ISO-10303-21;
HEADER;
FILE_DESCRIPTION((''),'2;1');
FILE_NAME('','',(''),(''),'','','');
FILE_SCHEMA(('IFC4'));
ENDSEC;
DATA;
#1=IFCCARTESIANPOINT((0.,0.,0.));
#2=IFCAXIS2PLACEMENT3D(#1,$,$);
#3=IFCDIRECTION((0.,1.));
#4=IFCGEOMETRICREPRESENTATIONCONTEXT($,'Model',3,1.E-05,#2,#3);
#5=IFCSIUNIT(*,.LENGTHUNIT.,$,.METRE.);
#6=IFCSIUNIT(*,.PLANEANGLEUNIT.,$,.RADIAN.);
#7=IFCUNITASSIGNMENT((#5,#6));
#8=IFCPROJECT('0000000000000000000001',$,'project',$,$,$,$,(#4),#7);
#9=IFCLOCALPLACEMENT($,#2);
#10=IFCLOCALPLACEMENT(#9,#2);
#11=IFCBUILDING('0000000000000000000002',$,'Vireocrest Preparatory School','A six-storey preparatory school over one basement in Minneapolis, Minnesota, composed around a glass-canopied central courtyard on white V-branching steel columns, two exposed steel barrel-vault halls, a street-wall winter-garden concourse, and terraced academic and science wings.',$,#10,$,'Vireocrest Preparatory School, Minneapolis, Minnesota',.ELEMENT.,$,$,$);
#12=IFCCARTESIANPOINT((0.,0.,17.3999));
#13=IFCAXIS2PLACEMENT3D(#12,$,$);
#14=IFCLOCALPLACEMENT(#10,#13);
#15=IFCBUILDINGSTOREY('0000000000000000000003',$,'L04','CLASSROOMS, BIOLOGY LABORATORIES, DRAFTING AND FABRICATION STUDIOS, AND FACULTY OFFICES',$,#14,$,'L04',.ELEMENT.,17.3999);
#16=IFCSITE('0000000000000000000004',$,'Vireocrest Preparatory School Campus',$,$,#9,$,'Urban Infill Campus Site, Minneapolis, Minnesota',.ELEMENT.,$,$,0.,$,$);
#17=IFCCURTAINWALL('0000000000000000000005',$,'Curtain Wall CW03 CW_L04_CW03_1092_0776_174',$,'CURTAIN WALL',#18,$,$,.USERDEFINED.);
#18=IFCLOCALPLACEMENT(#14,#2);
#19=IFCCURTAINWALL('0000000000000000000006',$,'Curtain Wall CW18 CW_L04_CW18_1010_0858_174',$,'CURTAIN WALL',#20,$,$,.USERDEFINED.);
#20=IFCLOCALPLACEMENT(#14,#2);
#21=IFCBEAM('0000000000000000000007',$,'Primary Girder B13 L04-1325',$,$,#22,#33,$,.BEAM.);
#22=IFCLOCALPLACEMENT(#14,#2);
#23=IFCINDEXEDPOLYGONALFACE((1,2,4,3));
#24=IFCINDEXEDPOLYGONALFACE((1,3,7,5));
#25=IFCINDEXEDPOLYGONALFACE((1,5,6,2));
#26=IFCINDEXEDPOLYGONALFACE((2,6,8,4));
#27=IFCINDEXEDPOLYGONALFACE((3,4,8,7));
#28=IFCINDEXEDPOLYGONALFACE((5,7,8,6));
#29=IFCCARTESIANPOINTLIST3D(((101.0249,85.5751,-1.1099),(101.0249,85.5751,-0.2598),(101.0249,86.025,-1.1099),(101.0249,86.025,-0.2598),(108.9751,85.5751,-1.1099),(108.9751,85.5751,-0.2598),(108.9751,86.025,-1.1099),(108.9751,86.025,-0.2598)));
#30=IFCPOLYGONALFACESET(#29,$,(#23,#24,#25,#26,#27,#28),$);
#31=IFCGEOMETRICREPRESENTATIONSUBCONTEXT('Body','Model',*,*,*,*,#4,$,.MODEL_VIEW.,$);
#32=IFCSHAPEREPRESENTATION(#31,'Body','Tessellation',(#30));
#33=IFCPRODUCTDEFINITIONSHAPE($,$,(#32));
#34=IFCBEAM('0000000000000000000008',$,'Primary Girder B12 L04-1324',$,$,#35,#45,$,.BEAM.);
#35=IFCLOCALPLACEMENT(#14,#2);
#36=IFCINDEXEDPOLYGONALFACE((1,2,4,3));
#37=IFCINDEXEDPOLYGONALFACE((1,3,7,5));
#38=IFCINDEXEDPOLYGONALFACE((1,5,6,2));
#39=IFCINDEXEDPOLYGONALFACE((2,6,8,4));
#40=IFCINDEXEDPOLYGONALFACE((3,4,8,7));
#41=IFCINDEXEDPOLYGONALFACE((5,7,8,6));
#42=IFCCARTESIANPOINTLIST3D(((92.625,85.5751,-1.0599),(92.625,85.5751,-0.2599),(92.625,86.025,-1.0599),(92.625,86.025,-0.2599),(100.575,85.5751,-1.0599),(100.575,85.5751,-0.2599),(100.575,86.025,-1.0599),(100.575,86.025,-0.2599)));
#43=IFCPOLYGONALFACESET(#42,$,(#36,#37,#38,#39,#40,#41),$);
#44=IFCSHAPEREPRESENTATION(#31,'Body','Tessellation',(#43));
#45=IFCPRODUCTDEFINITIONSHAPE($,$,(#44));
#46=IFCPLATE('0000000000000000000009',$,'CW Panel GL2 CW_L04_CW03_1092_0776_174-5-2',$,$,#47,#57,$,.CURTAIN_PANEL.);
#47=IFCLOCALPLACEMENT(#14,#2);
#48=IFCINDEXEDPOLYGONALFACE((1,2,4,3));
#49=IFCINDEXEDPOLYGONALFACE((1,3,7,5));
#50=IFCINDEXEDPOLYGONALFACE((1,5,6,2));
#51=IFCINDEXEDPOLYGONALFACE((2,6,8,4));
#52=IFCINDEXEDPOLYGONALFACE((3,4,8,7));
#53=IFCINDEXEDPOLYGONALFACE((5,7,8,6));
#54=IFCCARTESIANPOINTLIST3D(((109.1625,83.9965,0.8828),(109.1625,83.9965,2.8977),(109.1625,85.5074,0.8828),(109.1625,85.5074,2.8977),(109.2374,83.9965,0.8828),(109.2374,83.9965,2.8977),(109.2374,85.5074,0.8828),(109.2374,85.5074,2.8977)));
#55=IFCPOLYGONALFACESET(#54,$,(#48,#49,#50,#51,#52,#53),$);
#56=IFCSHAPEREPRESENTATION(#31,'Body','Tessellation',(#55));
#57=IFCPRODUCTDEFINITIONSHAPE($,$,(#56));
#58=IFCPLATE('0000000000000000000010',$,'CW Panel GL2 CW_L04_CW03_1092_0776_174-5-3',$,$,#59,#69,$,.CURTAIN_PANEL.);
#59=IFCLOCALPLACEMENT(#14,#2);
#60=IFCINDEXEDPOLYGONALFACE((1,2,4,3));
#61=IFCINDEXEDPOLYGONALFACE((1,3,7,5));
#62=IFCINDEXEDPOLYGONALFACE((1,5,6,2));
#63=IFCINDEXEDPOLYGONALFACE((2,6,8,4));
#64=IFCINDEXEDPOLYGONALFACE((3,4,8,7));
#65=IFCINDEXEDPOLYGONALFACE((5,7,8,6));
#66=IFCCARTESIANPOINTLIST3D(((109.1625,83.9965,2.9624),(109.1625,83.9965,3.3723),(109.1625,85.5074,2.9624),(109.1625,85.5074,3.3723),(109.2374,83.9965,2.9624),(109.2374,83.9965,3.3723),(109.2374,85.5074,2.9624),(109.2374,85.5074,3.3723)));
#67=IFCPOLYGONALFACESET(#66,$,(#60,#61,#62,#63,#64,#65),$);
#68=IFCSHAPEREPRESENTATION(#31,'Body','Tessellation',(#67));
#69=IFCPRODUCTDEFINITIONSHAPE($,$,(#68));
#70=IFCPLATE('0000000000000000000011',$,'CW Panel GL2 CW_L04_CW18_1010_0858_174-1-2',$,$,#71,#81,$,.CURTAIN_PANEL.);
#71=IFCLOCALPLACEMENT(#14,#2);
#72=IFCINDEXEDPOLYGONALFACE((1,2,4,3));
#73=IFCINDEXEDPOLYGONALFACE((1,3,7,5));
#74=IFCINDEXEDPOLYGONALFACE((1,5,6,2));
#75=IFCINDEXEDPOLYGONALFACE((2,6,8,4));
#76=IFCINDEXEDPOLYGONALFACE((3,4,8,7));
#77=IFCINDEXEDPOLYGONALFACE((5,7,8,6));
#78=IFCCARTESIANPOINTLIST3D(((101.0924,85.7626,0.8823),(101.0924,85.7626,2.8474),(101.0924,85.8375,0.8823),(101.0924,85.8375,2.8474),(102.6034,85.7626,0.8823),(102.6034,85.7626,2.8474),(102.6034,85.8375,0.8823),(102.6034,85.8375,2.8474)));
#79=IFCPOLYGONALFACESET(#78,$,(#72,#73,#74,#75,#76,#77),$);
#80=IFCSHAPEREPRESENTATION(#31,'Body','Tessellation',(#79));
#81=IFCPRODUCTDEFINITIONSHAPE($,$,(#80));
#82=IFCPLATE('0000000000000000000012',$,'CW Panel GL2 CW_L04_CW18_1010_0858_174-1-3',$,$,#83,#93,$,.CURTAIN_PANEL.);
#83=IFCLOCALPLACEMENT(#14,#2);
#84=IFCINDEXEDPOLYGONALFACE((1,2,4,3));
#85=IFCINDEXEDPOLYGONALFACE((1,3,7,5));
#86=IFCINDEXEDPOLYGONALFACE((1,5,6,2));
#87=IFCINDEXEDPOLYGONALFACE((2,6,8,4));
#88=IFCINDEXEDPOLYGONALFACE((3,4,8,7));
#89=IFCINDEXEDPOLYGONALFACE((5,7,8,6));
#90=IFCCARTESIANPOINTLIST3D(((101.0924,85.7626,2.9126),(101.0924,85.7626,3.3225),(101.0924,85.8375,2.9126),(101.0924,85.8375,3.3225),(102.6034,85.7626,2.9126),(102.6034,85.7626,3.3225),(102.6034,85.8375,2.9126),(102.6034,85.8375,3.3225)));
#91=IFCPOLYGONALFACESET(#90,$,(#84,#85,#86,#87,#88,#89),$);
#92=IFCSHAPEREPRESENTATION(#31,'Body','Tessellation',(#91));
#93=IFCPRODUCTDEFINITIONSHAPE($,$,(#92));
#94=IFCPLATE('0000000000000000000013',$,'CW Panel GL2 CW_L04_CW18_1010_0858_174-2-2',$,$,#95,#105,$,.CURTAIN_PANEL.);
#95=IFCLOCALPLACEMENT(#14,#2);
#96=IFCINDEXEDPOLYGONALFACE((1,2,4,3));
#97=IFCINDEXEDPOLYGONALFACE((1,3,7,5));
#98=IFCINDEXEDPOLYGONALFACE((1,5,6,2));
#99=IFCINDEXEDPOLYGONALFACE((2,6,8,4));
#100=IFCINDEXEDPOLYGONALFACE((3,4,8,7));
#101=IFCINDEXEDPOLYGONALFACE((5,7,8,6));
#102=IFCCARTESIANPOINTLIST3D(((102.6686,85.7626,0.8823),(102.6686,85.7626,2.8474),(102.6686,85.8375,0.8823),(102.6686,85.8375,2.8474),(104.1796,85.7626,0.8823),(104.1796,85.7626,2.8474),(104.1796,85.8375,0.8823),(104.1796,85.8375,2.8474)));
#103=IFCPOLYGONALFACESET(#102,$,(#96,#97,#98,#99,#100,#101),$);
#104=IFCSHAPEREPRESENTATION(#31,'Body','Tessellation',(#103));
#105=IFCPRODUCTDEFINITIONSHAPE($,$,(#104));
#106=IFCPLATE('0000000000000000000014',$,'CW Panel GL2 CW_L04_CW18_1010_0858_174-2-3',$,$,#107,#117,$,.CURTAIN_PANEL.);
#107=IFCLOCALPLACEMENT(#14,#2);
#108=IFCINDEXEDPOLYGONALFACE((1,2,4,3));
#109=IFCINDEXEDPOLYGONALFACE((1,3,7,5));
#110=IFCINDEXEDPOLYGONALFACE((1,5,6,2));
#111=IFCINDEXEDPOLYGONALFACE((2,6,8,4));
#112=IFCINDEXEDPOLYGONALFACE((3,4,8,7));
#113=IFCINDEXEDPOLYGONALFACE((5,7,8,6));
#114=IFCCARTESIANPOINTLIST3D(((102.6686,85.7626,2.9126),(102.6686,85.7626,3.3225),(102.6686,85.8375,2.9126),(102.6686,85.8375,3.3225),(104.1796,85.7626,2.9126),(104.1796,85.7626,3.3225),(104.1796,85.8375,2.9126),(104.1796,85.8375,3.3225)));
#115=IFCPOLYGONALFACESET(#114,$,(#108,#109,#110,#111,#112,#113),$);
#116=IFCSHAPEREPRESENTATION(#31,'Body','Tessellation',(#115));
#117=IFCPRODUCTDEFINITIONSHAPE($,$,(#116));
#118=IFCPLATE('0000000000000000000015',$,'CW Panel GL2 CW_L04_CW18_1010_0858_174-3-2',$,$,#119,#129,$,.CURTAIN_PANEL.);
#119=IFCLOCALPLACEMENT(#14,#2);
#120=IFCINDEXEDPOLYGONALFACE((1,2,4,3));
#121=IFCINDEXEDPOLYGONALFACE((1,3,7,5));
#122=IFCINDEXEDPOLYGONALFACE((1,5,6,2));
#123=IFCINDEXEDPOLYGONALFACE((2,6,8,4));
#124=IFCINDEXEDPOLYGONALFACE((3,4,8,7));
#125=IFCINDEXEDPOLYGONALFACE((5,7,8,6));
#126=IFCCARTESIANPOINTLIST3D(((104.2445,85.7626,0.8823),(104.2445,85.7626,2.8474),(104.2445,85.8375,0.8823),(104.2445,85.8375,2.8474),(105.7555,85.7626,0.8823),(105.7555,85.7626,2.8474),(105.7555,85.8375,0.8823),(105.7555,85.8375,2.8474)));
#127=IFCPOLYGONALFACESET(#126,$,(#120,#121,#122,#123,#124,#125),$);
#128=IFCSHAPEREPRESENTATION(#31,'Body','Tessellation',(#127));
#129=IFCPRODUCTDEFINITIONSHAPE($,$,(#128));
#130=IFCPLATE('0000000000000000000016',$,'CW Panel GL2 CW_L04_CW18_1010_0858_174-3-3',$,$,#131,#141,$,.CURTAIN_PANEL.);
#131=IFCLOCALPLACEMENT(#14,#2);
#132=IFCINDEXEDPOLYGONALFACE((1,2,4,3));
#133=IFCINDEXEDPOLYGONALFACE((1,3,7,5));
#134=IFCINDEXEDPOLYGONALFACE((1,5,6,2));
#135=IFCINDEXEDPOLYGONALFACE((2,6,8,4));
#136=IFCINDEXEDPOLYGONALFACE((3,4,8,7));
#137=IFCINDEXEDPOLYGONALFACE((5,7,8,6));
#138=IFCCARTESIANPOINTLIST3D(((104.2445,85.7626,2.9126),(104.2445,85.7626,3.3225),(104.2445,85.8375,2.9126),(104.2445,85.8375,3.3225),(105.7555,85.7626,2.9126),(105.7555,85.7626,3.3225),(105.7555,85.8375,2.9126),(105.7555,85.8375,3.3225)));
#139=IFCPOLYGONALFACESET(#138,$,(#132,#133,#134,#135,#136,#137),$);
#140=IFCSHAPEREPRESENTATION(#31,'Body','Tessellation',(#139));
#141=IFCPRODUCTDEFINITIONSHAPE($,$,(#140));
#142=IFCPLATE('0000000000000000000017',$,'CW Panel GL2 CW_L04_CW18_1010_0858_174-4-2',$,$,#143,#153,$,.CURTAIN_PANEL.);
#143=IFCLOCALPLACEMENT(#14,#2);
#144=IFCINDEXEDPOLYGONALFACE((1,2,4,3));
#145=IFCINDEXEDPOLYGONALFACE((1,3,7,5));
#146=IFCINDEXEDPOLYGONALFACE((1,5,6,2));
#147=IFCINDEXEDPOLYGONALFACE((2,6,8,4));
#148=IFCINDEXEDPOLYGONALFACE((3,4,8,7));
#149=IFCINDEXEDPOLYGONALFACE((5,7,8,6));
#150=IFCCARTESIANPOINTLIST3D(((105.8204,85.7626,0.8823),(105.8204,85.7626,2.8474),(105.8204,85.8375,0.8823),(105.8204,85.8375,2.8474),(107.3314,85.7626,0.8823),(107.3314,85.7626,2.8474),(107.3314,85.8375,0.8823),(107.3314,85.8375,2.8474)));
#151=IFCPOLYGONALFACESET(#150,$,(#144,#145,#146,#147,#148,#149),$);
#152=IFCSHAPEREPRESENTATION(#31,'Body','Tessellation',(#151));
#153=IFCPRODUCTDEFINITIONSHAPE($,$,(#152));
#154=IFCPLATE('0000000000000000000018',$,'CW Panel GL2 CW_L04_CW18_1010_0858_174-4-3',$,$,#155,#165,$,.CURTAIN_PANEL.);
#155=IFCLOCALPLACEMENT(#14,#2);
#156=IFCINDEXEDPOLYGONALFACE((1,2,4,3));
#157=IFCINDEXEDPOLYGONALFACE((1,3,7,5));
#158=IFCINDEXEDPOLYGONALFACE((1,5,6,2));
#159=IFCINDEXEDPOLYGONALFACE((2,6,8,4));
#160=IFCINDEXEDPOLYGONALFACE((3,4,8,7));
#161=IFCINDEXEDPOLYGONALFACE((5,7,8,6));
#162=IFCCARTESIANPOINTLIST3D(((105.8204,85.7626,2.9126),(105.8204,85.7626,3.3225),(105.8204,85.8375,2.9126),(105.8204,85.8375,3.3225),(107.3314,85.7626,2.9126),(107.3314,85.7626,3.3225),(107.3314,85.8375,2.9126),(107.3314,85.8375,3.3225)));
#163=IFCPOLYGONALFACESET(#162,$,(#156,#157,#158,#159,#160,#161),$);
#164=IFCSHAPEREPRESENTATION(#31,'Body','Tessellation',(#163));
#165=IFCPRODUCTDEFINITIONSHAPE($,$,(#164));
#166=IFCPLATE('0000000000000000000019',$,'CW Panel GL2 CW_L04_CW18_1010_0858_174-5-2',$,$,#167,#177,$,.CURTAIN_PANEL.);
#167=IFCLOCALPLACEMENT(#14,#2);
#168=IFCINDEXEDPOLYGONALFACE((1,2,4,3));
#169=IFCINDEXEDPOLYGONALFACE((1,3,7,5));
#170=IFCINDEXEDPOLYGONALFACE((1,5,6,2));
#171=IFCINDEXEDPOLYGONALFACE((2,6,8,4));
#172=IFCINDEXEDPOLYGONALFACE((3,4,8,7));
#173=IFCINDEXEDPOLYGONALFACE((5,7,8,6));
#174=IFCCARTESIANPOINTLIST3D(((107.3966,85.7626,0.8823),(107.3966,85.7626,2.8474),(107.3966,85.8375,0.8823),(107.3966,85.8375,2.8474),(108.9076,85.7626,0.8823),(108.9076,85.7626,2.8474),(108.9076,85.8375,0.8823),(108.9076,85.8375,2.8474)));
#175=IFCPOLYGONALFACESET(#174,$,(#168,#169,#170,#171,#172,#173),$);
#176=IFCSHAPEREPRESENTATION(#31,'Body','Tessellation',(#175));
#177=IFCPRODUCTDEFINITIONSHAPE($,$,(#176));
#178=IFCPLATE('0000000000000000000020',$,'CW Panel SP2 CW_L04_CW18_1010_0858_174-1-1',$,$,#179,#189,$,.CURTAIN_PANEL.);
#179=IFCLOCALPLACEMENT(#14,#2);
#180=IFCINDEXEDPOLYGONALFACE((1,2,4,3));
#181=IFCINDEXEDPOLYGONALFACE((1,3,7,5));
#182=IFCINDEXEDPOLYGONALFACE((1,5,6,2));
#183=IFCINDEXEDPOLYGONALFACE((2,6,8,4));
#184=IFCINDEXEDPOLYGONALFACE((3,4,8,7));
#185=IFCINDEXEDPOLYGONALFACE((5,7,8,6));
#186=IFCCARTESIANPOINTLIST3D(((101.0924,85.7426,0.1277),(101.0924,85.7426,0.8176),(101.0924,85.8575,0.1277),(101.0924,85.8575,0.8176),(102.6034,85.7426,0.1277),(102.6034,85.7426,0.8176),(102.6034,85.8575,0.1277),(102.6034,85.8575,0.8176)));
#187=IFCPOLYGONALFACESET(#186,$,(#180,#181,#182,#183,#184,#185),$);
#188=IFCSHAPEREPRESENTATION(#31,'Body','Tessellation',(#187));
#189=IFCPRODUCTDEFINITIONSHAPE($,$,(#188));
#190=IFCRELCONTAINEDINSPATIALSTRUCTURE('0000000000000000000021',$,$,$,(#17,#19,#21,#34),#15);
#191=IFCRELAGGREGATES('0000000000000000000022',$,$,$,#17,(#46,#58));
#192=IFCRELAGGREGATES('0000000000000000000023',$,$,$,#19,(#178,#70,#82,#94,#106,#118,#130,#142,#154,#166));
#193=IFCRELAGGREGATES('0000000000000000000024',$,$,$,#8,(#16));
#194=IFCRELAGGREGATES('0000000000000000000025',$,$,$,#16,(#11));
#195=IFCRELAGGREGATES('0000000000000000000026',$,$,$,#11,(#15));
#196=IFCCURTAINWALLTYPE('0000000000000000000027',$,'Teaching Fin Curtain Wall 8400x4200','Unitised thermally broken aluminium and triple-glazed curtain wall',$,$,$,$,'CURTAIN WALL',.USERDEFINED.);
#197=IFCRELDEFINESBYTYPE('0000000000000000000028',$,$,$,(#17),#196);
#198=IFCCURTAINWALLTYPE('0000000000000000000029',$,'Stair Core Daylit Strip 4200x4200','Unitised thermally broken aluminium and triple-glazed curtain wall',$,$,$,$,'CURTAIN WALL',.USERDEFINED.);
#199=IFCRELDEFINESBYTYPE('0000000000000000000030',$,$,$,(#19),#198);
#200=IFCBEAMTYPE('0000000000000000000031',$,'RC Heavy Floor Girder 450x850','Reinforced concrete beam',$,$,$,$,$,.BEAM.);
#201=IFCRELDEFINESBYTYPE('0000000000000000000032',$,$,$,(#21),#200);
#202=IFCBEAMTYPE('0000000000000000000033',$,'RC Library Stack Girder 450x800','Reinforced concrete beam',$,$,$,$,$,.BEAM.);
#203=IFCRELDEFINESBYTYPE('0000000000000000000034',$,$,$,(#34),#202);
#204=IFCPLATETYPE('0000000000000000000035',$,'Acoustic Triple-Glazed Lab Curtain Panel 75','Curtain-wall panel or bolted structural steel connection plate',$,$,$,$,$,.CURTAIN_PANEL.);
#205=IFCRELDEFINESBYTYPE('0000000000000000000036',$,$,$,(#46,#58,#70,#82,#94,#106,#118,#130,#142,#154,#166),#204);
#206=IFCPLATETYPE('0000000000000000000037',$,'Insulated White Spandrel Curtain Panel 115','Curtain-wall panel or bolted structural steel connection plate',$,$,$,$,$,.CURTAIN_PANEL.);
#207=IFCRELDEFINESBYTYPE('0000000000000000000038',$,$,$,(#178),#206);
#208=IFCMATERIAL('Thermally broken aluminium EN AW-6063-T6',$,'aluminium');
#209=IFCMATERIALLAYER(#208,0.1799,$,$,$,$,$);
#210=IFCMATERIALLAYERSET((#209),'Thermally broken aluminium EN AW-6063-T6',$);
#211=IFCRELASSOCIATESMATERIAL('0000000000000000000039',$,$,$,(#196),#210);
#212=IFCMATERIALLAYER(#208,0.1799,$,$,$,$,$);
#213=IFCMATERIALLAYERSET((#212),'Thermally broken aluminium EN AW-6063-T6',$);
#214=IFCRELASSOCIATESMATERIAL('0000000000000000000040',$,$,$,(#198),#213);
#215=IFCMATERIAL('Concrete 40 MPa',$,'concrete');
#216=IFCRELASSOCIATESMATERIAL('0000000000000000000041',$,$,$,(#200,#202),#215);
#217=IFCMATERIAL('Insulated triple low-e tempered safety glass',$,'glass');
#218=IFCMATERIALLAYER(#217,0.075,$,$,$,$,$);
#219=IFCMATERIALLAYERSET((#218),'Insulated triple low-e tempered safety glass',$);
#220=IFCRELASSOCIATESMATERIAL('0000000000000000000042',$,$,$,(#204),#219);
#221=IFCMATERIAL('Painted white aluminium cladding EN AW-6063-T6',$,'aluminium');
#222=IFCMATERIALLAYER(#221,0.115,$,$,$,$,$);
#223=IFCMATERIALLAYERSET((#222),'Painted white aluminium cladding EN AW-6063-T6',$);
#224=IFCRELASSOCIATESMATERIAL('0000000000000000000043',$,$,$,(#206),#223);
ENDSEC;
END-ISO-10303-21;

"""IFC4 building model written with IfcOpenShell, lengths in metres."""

from ifc_helpers import new_model, si_unit, direction, frame, origin, origin_2d, place, context, subcontext, project, spatial, rectangle, extrude, material, layer, layer_set, material_profile, profile_set, type_object, element, aggregate, save


model = new_model("IFC4")

# Units and contexts
model_context = context("Model", 3, precision=1e-05, world=origin(), true_north=direction((0.0, 1.0)))
body_context = subcontext(model_context, "Body", "Model", "MODEL_VIEW")
ifc_project = project(units=[si_unit("LENGTHUNIT", "METRE"), si_unit("PLANEANGLEUNIT", "RADIAN")], contexts=[model_context])

# Site, building, storey
site_placement = place(None, origin())
site = spatial("IfcSite", under=ifc_project, at=site_placement, Name="Vireocrest Preparatory School Campus", LongName="Urban Infill Campus Site, Minneapolis, Minnesota", CompositionType="ELEMENT", RefElevation=0.0)
building_placement = place(site_placement, origin())
building = spatial("IfcBuilding", under=site, at=building_placement, Name="Vireocrest Preparatory School", Description="A six-storey preparatory school over one basement in Minneapolis, Minnesota, composed around a glass-canopied central courtyard on white V-branching steel columns, two exposed steel barrel-vault halls, a street-wall winter-garden concourse, and terraced academic and science wings.", LongName="Vireocrest Preparatory School, Minneapolis, Minnesota", CompositionType="ELEMENT")
storey_placement = place(building_placement, frame((0.0, 0.0, 17.3999)))
storey = spatial("IfcBuildingStorey", under=building, at=storey_placement, Name="L04", Description="CLASSROOMS, BIOLOGY LABORATORIES, DRAFTING AND FABRICATION STUDIOS, AND FACULTY OFFICES", LongName="L04", CompositionType="ELEMENT", Elevation=17.3999)

# Curtain wall
ifc_material_1 = material(Name="Thermally broken aluminium EN AW-6063-T6", Category="aluminium")
ifc_layer_1 = layer(ifc_material_1, 0.1799)
ifc_layer_set_1 = layer_set([ifc_layer_1], Name="Thermally broken aluminium EN AW-6063-T6")
curtain_wall_type_1 = type_object("IfcCurtainWallType", Name="Teaching Fin Curtain Wall 8400x4200", Description="Unitised thermally broken aluminium and triple-glazed curtain wall", ElementType="CURTAIN WALL", PredefinedType="USERDEFINED", material=ifc_layer_set_1)
curtain_wall_1_placement = place(storey_placement, origin())
curtain_wall_1 = element("IfcCurtainWall", 1, at=curtain_wall_1_placement, inside=storey, type_object=curtain_wall_type_1, Name="Curtain Wall CW03 CW_L04_CW03_1092_0776_174", ObjectType="CURTAIN WALL", PredefinedType="USERDEFINED")

# Curtain wall
ifc_layer_2 = layer(ifc_material_1, 0.1799)
ifc_layer_set_2 = layer_set([ifc_layer_2], Name="Thermally broken aluminium EN AW-6063-T6")
curtain_wall_type_2 = type_object("IfcCurtainWallType", Name="Stair Core Daylit Strip 4200x4200", Description="Unitised thermally broken aluminium and triple-glazed curtain wall", ElementType="CURTAIN WALL", PredefinedType="USERDEFINED", material=ifc_layer_set_2)
curtain_wall_2_placement = place(storey_placement, origin())
curtain_wall_2 = element("IfcCurtainWall", 2, at=curtain_wall_2_placement, inside=storey, type_object=curtain_wall_type_2, Name="Curtain Wall CW18 CW_L04_CW18_1010_0858_174", ObjectType="CURTAIN WALL", PredefinedType="USERDEFINED")

# Beams
ifc_material_2 = material(Name="Concrete 40 MPa", Category="concrete")
ifc_material_profile_1 = material_profile(ifc_material_2, rectangle(XDim=0.45, YDim=0.8501, at=origin_2d()), Name="RC 450x850")
ifc_profile_set_1 = profile_set([ifc_material_profile_1], Name="Concrete 40 MPa")
beam_type_1 = type_object("IfcBeamType", Name="RC Heavy Floor Girder 450x850", Description="Reinforced concrete beam", PredefinedType="BEAM", material=ifc_profile_set_1)
beam_1_placement = place(storey_placement, frame((101.0249, 85.8, -0.6848), z_axis=(1.0, 0.0, 0.0), x_axis=(0.0, 1.0, 0.0)))
element("IfcBeam", 3, at=beam_1_placement, inside=storey, type_object=beam_type_1, Name="Primary Girder B13 L04-1325", PredefinedType="BEAM", context=body_context, shape_type="SweptSolid", body=[
    extrude(rectangle(XDim=0.45, YDim=0.8501, at=origin_2d()), origin(), (0.0, 0.0, 1.0), 7.9502),
])
ifc_material_profile_2 = material_profile(ifc_material_2, rectangle(XDim=0.45, YDim=0.8, at=origin_2d()), Name="RC 450x800")
ifc_profile_set_2 = profile_set([ifc_material_profile_2], Name="Concrete 40 MPa")
beam_type_2 = type_object("IfcBeamType", Name="RC Library Stack Girder 450x800", Description="Reinforced concrete beam", PredefinedType="BEAM", material=ifc_profile_set_2)
beam_2_placement = place(storey_placement, frame((92.625, 85.8, -0.6599), z_axis=(1.0, 0.0, 0.0), x_axis=(0.0, 1.0, 0.0)))
element("IfcBeam", 4, at=beam_2_placement, inside=storey, type_object=beam_type_2, Name="Primary Girder B12 L04-1324", PredefinedType="BEAM", context=body_context, shape_type="SweptSolid", body=[
    extrude(rectangle(XDim=0.45, YDim=0.8, at=origin_2d()), origin(), (0.0, 0.0, 1.0), 7.95),
])

# Plates
ifc_material_3 = material(Name="Insulated triple low-e tempered safety glass", Category="glass")
ifc_layer_3 = layer(ifc_material_3, 0.075)
ifc_layer_set_3 = layer_set([ifc_layer_3], Name="Insulated triple low-e tempered safety glass")
plate_type_1 = type_object("IfcPlateType", Name="Acoustic Triple-Glazed Lab Curtain Panel 75", Description="Curtain-wall panel or bolted structural steel connection plate", PredefinedType="CURTAIN_PANEL", material=ifc_layer_set_3)
plate_1_placement = place(storey_placement, frame((109.2, 84.752, 0.8828), z_axis=(0.0, 0.0, 1.0), x_axis=(0.0, 1.0, 0.0)))
plate_1 = element("IfcPlate", 5, at=plate_1_placement, type_object=plate_type_1, Name="CW Panel GL2 CW_L04_CW03_1092_0776_174-5-2", PredefinedType="CURTAIN_PANEL", context=body_context, shape_type="SweptSolid", body=[
    extrude(rectangle(XDim=1.511, YDim=0.075, at=origin_2d()), origin(), (0.0, 0.0, 1.0), 2.0149),
])
plate_2_placement = place(storey_placement, frame((109.2, 84.752, 2.9624), z_axis=(0.0, 0.0, 1.0), x_axis=(0.0, 1.0, 0.0)))
plate_2 = element("IfcPlate", 6, at=plate_2_placement, type_object=plate_type_1, Name="CW Panel GL2 CW_L04_CW03_1092_0776_174-5-3", PredefinedType="CURTAIN_PANEL", context=body_context, shape_type="SweptSolid", body=[
    extrude(rectangle(XDim=1.511, YDim=0.075, at=origin_2d()), origin(), (0.0, 0.0, 1.0), 0.4099),
])
aggregate(curtain_wall_1, [plate_1, plate_2])
plate_3_placement = place(storey_placement, frame((101.8479, 85.8, 0.8823), z_axis=(0.0, 0.0, 1.0), x_axis=(1.0, 0.0, 0.0)))
plate_3 = element("IfcPlate", 7, at=plate_3_placement, type_object=plate_type_1, Name="CW Panel GL2 CW_L04_CW18_1010_0858_174-1-2", PredefinedType="CURTAIN_PANEL", context=body_context, shape_type="SweptSolid", body=[
    extrude(rectangle(XDim=1.511, YDim=0.075, at=origin_2d()), origin(), (0.0, 0.0, 1.0), 1.9651),
])
plate_4_placement = place(storey_placement, frame((101.8479, 85.8, 2.9126), z_axis=(0.0, 0.0, 1.0), x_axis=(1.0, 0.0, 0.0)))
plate_4 = element("IfcPlate", 8, at=plate_4_placement, type_object=plate_type_1, Name="CW Panel GL2 CW_L04_CW18_1010_0858_174-1-3", PredefinedType="CURTAIN_PANEL", context=body_context, shape_type="SweptSolid", body=[
    extrude(rectangle(XDim=1.511, YDim=0.075, at=origin_2d()), origin(), (0.0, 0.0, 1.0), 0.4099),
])
plate_5_placement = place(storey_placement, frame((103.4241, 85.8, 0.8823), z_axis=(0.0, 0.0, 1.0), x_axis=(1.0, 0.0, 0.0)))
plate_5 = element("IfcPlate", 9, at=plate_5_placement, type_object=plate_type_1, Name="CW Panel GL2 CW_L04_CW18_1010_0858_174-2-2", PredefinedType="CURTAIN_PANEL", context=body_context, shape_type="SweptSolid", body=[
    extrude(rectangle(XDim=1.511, YDim=0.075, at=origin_2d()), origin(), (0.0, 0.0, 1.0), 1.9651),
])
plate_6_placement = place(storey_placement, frame((103.4241, 85.8, 2.9126), z_axis=(0.0, 0.0, 1.0), x_axis=(1.0, 0.0, 0.0)))
plate_6 = element("IfcPlate", 10, at=plate_6_placement, type_object=plate_type_1, Name="CW Panel GL2 CW_L04_CW18_1010_0858_174-2-3", PredefinedType="CURTAIN_PANEL", context=body_context, shape_type="SweptSolid", body=[
    extrude(rectangle(XDim=1.511, YDim=0.075, at=origin_2d()), origin(), (0.0, 0.0, 1.0), 0.4099),
])
plate_7_placement = place(storey_placement, frame((105.0, 85.8, 0.8823), z_axis=(0.0, 0.0, 1.0), x_axis=(1.0, 0.0, 0.0)))
plate_7 = element("IfcPlate", 11, at=plate_7_placement, type_object=plate_type_1, Name="CW Panel GL2 CW_L04_CW18_1010_0858_174-3-2", PredefinedType="CURTAIN_PANEL", context=body_context, shape_type="SweptSolid", body=[
    extrude(rectangle(XDim=1.511, YDim=0.075, at=origin_2d()), origin(), (0.0, 0.0, 1.0), 1.9651),
])
plate_8_placement = place(storey_placement, frame((105.0, 85.8, 2.9126), z_axis=(0.0, 0.0, 1.0), x_axis=(1.0, 0.0, 0.0)))
plate_8 = element("IfcPlate", 12, at=plate_8_placement, type_object=plate_type_1, Name="CW Panel GL2 CW_L04_CW18_1010_0858_174-3-3", PredefinedType="CURTAIN_PANEL", context=body_context, shape_type="SweptSolid", body=[
    extrude(rectangle(XDim=1.511, YDim=0.075, at=origin_2d()), origin(), (0.0, 0.0, 1.0), 0.4099),
])
plate_9_placement = place(storey_placement, frame((106.5759, 85.8, 0.8823), z_axis=(0.0, 0.0, 1.0), x_axis=(1.0, 0.0, 0.0)))
plate_9 = element("IfcPlate", 13, at=plate_9_placement, type_object=plate_type_1, Name="CW Panel GL2 CW_L04_CW18_1010_0858_174-4-2", PredefinedType="CURTAIN_PANEL", context=body_context, shape_type="SweptSolid", body=[
    extrude(rectangle(XDim=1.511, YDim=0.075, at=origin_2d()), origin(), (0.0, 0.0, 1.0), 1.9651),
])
plate_10_placement = place(storey_placement, frame((106.5759, 85.8, 2.9126), z_axis=(0.0, 0.0, 1.0), x_axis=(1.0, 0.0, 0.0)))
plate_10 = element("IfcPlate", 14, at=plate_10_placement, type_object=plate_type_1, Name="CW Panel GL2 CW_L04_CW18_1010_0858_174-4-3", PredefinedType="CURTAIN_PANEL", context=body_context, shape_type="SweptSolid", body=[
    extrude(rectangle(XDim=1.511, YDim=0.075, at=origin_2d()), origin(), (0.0, 0.0, 1.0), 0.4099),
])
plate_11_placement = place(storey_placement, frame((108.1521, 85.8, 0.8823), z_axis=(0.0, 0.0, 1.0), x_axis=(1.0, 0.0, 0.0)))
plate_11 = element("IfcPlate", 15, at=plate_11_placement, type_object=plate_type_1, Name="CW Panel GL2 CW_L04_CW18_1010_0858_174-5-2", PredefinedType="CURTAIN_PANEL", context=body_context, shape_type="SweptSolid", body=[
    extrude(rectangle(XDim=1.511, YDim=0.075, at=origin_2d()), origin(), (0.0, 0.0, 1.0), 1.9651),
])
ifc_material_4 = material(Name="Painted white aluminium cladding EN AW-6063-T6", Category="aluminium")
ifc_layer_4 = layer(ifc_material_4, 0.115)
ifc_layer_set_4 = layer_set([ifc_layer_4], Name="Painted white aluminium cladding EN AW-6063-T6")
plate_type_2 = type_object("IfcPlateType", Name="Insulated White Spandrel Curtain Panel 115", Description="Curtain-wall panel or bolted structural steel connection plate", PredefinedType="CURTAIN_PANEL", material=ifc_layer_set_4)
plate_12_placement = place(storey_placement, frame((101.8479, 85.8, 0.1277), z_axis=(0.0, 0.0, 1.0), x_axis=(1.0, 0.0, 0.0)))
plate_12 = element("IfcPlate", 16, at=plate_12_placement, type_object=plate_type_2, Name="CW Panel SP2 CW_L04_CW18_1010_0858_174-1-1", PredefinedType="CURTAIN_PANEL", context=body_context, shape_type="SweptSolid", body=[
    extrude(rectangle(XDim=1.511, YDim=0.115, at=origin_2d()), origin(), (0.0, 0.0, 1.0), 0.6899),
])
aggregate(curtain_wall_2, [plate_12, plate_3, plate_4, plate_5, plate_6, plate_7, plate_8, plate_9, plate_10, plate_11])

save(model, "model.ifc")
